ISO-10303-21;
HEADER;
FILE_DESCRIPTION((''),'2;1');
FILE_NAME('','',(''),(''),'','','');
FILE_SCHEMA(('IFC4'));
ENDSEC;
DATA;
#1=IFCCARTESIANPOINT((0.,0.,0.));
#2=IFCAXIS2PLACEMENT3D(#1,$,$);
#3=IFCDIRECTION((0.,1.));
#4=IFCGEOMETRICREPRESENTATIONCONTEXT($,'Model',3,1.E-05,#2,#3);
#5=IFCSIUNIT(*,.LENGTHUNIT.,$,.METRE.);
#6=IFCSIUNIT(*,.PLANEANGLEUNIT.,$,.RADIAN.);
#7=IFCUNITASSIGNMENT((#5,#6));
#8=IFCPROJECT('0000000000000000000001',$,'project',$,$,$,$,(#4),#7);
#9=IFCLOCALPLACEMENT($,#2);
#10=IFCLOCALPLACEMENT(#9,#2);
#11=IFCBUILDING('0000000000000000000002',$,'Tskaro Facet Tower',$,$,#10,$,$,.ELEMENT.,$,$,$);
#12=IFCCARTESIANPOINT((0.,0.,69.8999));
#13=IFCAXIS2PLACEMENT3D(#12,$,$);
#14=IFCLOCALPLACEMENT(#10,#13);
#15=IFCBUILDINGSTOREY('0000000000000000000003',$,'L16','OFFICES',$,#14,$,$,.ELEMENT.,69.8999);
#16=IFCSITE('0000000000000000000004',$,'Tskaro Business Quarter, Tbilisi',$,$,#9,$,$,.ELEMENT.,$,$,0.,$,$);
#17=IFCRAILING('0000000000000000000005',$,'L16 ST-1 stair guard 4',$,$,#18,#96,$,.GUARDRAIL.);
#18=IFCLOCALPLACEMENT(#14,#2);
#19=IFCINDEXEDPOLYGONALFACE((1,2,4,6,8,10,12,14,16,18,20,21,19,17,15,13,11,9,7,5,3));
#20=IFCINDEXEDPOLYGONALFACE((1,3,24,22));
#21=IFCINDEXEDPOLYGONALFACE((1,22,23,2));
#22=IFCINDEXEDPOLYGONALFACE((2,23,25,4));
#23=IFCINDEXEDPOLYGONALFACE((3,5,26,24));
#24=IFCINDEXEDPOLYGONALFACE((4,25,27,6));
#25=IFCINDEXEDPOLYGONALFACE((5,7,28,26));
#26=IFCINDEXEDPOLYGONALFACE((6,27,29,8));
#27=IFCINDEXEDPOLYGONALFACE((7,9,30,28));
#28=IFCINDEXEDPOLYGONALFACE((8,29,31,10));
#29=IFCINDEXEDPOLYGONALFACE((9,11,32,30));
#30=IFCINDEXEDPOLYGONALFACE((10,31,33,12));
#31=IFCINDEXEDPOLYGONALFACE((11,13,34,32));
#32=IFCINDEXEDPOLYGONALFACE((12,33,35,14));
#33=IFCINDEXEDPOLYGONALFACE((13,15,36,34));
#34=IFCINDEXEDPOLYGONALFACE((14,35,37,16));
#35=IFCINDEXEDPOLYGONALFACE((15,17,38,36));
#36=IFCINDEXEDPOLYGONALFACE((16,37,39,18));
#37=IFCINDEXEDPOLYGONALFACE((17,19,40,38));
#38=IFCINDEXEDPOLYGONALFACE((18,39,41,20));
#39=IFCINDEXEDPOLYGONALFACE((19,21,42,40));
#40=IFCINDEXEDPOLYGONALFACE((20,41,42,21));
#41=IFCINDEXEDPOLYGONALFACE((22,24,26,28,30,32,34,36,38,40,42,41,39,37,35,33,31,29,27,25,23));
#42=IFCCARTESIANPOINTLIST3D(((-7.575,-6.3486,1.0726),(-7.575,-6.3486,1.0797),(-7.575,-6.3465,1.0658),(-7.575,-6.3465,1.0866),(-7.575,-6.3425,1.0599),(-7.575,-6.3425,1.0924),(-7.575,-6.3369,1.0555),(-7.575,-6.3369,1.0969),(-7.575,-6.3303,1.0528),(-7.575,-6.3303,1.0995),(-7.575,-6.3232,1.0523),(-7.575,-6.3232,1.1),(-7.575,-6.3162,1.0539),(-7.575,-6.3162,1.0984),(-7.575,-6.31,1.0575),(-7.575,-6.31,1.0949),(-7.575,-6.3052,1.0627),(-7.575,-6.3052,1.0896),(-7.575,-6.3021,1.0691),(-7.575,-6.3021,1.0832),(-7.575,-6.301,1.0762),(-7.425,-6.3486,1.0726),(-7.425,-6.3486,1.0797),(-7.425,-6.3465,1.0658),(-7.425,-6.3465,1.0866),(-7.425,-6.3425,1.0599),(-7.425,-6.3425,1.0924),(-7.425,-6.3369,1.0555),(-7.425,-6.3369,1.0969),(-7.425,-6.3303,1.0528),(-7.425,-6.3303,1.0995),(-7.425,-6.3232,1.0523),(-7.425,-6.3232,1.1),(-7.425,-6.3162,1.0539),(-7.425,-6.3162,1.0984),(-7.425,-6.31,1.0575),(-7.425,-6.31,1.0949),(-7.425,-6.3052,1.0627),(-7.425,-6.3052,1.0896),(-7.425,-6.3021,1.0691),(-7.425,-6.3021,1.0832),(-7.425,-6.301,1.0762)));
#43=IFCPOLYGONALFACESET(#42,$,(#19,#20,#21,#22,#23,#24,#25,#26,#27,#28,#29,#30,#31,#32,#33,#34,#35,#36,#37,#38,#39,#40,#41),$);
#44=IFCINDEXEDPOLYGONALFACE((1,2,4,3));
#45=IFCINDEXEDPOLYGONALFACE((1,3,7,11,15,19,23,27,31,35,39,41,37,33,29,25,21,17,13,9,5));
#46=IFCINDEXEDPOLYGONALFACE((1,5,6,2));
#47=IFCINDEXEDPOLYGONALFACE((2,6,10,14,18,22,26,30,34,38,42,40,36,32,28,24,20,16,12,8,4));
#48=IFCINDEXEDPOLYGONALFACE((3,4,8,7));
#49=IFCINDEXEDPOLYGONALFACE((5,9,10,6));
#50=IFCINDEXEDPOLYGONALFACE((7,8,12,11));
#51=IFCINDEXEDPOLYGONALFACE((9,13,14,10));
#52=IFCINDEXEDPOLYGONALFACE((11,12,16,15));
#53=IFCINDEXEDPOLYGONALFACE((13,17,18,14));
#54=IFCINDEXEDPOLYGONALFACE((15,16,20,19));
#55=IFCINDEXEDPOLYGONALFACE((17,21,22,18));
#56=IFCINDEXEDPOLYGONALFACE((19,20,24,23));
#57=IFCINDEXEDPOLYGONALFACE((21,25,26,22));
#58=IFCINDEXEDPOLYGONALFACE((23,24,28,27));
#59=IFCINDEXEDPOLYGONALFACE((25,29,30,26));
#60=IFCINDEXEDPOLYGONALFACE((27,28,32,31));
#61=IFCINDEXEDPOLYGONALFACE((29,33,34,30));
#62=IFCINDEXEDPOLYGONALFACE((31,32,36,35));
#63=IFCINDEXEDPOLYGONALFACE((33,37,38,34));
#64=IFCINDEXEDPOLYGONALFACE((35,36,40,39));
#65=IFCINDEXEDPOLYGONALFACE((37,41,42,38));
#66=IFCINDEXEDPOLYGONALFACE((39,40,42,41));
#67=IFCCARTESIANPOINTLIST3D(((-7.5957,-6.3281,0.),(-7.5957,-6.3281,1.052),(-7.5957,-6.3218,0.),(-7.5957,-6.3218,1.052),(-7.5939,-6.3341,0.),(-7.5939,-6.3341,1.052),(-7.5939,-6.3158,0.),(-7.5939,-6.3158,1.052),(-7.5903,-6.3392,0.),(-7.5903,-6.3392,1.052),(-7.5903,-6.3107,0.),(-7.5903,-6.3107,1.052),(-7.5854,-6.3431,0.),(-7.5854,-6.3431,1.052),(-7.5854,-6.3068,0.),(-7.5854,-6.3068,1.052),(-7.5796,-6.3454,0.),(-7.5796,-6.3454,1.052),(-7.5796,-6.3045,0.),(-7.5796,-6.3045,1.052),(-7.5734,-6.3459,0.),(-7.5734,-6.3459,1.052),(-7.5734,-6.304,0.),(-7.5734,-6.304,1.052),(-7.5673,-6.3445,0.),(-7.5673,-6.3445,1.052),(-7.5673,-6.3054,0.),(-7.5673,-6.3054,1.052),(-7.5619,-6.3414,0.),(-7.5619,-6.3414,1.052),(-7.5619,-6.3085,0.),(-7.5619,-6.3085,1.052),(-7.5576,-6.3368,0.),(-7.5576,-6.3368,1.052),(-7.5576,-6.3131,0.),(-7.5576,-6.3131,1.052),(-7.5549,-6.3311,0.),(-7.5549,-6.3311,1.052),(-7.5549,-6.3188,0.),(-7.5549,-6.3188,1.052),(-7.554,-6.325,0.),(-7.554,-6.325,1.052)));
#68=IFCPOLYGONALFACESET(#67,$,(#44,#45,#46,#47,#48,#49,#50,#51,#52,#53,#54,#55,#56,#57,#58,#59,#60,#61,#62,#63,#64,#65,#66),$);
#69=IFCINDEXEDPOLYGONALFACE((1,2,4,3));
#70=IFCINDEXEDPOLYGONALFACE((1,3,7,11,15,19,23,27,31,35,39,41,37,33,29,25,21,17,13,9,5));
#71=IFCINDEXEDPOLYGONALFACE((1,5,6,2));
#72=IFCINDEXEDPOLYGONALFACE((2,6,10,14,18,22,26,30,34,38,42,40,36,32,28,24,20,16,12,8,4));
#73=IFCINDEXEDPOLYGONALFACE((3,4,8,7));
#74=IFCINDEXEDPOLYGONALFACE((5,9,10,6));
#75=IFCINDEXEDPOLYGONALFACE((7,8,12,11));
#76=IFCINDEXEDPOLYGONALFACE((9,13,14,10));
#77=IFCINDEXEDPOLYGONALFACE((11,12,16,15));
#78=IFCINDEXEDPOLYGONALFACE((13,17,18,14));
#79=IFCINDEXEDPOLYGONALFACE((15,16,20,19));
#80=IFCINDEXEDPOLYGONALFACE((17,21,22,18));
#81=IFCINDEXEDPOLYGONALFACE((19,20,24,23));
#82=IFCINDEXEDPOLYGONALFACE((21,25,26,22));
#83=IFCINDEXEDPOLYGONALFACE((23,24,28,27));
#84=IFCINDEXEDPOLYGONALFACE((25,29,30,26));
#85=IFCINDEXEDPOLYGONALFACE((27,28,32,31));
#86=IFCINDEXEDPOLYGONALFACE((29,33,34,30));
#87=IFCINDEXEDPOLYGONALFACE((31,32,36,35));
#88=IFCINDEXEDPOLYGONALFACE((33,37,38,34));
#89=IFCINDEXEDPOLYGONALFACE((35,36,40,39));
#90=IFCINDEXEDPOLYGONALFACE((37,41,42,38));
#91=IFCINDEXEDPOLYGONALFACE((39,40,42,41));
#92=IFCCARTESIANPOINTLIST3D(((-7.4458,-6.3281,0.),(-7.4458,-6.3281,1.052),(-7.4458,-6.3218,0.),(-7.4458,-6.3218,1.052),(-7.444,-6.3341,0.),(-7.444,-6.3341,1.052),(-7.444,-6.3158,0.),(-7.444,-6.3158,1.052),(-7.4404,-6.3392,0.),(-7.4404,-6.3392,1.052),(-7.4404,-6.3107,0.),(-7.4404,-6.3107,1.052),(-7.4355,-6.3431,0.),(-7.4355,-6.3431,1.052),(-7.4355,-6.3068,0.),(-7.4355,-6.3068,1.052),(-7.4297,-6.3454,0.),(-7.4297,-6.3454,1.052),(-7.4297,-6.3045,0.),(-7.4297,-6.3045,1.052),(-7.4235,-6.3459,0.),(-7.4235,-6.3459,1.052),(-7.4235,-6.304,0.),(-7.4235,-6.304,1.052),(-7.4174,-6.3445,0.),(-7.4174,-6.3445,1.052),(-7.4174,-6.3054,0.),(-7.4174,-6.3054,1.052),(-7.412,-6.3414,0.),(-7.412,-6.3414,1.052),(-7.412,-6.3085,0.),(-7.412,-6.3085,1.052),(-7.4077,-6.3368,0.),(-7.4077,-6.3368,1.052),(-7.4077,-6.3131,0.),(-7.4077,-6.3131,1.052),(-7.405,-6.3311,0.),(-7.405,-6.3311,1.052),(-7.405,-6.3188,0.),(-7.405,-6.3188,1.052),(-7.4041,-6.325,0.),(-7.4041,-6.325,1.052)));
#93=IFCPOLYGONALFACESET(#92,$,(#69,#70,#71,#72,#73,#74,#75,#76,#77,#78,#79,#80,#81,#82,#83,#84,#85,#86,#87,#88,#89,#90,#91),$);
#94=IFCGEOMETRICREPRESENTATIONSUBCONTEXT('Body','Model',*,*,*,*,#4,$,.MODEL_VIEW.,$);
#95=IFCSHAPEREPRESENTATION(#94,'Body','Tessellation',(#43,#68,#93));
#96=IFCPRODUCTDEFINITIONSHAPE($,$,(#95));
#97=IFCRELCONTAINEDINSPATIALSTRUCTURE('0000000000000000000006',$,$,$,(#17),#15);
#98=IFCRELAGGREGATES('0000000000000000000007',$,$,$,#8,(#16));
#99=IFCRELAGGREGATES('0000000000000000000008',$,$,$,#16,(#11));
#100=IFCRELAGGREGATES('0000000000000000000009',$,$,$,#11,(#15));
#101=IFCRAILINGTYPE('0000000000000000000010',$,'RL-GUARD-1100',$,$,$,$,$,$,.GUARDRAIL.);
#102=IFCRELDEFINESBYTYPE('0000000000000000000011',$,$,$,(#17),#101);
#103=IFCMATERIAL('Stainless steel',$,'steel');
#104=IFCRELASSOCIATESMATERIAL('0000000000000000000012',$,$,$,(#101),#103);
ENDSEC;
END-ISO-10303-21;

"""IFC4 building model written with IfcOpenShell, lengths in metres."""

from ifc_helpers import new_model, si_unit, direction, frame, origin, origin_2d, place, context, subcontext, project, spatial, circle, extrude, material, type_object, element, save


model = new_model("IFC4")

# Units and contexts
model_context = context("Model", 3, precision=1e-05, world=origin(), true_north=direction((0.0, 1.0)))
body_context = subcontext(model_context, "Body", "Model", "MODEL_VIEW")
ifc_project = project(units=[si_unit("LENGTHUNIT", "METRE"), si_unit("PLANEANGLEUNIT", "RADIAN")], contexts=[model_context])

# Site, building, storey
site_placement = place(None, origin())
site = spatial("IfcSite", under=ifc_project, at=site_placement, Name="Tskaro Business Quarter, Tbilisi", CompositionType="ELEMENT", RefElevation=0.0)
building_placement = place(site_placement, origin())
building = spatial("IfcBuilding", under=site, at=building_placement, Name="Tskaro Facet Tower", CompositionType="ELEMENT")
storey_placement = place(building_placement, frame((0.0, 0.0, 69.8999)))
storey = spatial("IfcBuildingStorey", under=building, at=storey_placement, Name="L16", Description="OFFICES", CompositionType="ELEMENT", Elevation=69.8999)

# Shared definitions
ifc_material_1 = material(Name="Stainless steel", Category="steel")

# Railing
railing_type_1 = type_object("IfcRailingType", Name="RL-GUARD-1100", PredefinedType="GUARDRAIL", material=ifc_material_1)
railing_1_placement = place(storey_placement, frame((-7.575, -6.325, 0.0)))
element("IfcRailing", 1, at=railing_1_placement, inside=storey, type_object=railing_type_1, Name="L16 ST-1 stair guard 4", PredefinedType="GUARDRAIL", context=body_context, shape_type="SweptSolid", body=[
    extrude(circle(Radius=0.0239, at=origin_2d()), frame((0.0, 0.0, 1.0762), z_axis=(1.0, 0.0, 0.0), x_axis=(0.0, 1.0, 0.0)), (0.0, 0.0, 1.0), 0.1499),
    extrude(circle(Radius=0.021, at=origin_2d()), origin(), (0.0, 0.0, 1.0), 1.052),
    extrude(circle(Radius=0.021, at=origin_2d()), frame((0.1499, 0.0, 0.0)), (0.0, 0.0, 1.0), 1.052),
])

save(model, "model.ifc")
